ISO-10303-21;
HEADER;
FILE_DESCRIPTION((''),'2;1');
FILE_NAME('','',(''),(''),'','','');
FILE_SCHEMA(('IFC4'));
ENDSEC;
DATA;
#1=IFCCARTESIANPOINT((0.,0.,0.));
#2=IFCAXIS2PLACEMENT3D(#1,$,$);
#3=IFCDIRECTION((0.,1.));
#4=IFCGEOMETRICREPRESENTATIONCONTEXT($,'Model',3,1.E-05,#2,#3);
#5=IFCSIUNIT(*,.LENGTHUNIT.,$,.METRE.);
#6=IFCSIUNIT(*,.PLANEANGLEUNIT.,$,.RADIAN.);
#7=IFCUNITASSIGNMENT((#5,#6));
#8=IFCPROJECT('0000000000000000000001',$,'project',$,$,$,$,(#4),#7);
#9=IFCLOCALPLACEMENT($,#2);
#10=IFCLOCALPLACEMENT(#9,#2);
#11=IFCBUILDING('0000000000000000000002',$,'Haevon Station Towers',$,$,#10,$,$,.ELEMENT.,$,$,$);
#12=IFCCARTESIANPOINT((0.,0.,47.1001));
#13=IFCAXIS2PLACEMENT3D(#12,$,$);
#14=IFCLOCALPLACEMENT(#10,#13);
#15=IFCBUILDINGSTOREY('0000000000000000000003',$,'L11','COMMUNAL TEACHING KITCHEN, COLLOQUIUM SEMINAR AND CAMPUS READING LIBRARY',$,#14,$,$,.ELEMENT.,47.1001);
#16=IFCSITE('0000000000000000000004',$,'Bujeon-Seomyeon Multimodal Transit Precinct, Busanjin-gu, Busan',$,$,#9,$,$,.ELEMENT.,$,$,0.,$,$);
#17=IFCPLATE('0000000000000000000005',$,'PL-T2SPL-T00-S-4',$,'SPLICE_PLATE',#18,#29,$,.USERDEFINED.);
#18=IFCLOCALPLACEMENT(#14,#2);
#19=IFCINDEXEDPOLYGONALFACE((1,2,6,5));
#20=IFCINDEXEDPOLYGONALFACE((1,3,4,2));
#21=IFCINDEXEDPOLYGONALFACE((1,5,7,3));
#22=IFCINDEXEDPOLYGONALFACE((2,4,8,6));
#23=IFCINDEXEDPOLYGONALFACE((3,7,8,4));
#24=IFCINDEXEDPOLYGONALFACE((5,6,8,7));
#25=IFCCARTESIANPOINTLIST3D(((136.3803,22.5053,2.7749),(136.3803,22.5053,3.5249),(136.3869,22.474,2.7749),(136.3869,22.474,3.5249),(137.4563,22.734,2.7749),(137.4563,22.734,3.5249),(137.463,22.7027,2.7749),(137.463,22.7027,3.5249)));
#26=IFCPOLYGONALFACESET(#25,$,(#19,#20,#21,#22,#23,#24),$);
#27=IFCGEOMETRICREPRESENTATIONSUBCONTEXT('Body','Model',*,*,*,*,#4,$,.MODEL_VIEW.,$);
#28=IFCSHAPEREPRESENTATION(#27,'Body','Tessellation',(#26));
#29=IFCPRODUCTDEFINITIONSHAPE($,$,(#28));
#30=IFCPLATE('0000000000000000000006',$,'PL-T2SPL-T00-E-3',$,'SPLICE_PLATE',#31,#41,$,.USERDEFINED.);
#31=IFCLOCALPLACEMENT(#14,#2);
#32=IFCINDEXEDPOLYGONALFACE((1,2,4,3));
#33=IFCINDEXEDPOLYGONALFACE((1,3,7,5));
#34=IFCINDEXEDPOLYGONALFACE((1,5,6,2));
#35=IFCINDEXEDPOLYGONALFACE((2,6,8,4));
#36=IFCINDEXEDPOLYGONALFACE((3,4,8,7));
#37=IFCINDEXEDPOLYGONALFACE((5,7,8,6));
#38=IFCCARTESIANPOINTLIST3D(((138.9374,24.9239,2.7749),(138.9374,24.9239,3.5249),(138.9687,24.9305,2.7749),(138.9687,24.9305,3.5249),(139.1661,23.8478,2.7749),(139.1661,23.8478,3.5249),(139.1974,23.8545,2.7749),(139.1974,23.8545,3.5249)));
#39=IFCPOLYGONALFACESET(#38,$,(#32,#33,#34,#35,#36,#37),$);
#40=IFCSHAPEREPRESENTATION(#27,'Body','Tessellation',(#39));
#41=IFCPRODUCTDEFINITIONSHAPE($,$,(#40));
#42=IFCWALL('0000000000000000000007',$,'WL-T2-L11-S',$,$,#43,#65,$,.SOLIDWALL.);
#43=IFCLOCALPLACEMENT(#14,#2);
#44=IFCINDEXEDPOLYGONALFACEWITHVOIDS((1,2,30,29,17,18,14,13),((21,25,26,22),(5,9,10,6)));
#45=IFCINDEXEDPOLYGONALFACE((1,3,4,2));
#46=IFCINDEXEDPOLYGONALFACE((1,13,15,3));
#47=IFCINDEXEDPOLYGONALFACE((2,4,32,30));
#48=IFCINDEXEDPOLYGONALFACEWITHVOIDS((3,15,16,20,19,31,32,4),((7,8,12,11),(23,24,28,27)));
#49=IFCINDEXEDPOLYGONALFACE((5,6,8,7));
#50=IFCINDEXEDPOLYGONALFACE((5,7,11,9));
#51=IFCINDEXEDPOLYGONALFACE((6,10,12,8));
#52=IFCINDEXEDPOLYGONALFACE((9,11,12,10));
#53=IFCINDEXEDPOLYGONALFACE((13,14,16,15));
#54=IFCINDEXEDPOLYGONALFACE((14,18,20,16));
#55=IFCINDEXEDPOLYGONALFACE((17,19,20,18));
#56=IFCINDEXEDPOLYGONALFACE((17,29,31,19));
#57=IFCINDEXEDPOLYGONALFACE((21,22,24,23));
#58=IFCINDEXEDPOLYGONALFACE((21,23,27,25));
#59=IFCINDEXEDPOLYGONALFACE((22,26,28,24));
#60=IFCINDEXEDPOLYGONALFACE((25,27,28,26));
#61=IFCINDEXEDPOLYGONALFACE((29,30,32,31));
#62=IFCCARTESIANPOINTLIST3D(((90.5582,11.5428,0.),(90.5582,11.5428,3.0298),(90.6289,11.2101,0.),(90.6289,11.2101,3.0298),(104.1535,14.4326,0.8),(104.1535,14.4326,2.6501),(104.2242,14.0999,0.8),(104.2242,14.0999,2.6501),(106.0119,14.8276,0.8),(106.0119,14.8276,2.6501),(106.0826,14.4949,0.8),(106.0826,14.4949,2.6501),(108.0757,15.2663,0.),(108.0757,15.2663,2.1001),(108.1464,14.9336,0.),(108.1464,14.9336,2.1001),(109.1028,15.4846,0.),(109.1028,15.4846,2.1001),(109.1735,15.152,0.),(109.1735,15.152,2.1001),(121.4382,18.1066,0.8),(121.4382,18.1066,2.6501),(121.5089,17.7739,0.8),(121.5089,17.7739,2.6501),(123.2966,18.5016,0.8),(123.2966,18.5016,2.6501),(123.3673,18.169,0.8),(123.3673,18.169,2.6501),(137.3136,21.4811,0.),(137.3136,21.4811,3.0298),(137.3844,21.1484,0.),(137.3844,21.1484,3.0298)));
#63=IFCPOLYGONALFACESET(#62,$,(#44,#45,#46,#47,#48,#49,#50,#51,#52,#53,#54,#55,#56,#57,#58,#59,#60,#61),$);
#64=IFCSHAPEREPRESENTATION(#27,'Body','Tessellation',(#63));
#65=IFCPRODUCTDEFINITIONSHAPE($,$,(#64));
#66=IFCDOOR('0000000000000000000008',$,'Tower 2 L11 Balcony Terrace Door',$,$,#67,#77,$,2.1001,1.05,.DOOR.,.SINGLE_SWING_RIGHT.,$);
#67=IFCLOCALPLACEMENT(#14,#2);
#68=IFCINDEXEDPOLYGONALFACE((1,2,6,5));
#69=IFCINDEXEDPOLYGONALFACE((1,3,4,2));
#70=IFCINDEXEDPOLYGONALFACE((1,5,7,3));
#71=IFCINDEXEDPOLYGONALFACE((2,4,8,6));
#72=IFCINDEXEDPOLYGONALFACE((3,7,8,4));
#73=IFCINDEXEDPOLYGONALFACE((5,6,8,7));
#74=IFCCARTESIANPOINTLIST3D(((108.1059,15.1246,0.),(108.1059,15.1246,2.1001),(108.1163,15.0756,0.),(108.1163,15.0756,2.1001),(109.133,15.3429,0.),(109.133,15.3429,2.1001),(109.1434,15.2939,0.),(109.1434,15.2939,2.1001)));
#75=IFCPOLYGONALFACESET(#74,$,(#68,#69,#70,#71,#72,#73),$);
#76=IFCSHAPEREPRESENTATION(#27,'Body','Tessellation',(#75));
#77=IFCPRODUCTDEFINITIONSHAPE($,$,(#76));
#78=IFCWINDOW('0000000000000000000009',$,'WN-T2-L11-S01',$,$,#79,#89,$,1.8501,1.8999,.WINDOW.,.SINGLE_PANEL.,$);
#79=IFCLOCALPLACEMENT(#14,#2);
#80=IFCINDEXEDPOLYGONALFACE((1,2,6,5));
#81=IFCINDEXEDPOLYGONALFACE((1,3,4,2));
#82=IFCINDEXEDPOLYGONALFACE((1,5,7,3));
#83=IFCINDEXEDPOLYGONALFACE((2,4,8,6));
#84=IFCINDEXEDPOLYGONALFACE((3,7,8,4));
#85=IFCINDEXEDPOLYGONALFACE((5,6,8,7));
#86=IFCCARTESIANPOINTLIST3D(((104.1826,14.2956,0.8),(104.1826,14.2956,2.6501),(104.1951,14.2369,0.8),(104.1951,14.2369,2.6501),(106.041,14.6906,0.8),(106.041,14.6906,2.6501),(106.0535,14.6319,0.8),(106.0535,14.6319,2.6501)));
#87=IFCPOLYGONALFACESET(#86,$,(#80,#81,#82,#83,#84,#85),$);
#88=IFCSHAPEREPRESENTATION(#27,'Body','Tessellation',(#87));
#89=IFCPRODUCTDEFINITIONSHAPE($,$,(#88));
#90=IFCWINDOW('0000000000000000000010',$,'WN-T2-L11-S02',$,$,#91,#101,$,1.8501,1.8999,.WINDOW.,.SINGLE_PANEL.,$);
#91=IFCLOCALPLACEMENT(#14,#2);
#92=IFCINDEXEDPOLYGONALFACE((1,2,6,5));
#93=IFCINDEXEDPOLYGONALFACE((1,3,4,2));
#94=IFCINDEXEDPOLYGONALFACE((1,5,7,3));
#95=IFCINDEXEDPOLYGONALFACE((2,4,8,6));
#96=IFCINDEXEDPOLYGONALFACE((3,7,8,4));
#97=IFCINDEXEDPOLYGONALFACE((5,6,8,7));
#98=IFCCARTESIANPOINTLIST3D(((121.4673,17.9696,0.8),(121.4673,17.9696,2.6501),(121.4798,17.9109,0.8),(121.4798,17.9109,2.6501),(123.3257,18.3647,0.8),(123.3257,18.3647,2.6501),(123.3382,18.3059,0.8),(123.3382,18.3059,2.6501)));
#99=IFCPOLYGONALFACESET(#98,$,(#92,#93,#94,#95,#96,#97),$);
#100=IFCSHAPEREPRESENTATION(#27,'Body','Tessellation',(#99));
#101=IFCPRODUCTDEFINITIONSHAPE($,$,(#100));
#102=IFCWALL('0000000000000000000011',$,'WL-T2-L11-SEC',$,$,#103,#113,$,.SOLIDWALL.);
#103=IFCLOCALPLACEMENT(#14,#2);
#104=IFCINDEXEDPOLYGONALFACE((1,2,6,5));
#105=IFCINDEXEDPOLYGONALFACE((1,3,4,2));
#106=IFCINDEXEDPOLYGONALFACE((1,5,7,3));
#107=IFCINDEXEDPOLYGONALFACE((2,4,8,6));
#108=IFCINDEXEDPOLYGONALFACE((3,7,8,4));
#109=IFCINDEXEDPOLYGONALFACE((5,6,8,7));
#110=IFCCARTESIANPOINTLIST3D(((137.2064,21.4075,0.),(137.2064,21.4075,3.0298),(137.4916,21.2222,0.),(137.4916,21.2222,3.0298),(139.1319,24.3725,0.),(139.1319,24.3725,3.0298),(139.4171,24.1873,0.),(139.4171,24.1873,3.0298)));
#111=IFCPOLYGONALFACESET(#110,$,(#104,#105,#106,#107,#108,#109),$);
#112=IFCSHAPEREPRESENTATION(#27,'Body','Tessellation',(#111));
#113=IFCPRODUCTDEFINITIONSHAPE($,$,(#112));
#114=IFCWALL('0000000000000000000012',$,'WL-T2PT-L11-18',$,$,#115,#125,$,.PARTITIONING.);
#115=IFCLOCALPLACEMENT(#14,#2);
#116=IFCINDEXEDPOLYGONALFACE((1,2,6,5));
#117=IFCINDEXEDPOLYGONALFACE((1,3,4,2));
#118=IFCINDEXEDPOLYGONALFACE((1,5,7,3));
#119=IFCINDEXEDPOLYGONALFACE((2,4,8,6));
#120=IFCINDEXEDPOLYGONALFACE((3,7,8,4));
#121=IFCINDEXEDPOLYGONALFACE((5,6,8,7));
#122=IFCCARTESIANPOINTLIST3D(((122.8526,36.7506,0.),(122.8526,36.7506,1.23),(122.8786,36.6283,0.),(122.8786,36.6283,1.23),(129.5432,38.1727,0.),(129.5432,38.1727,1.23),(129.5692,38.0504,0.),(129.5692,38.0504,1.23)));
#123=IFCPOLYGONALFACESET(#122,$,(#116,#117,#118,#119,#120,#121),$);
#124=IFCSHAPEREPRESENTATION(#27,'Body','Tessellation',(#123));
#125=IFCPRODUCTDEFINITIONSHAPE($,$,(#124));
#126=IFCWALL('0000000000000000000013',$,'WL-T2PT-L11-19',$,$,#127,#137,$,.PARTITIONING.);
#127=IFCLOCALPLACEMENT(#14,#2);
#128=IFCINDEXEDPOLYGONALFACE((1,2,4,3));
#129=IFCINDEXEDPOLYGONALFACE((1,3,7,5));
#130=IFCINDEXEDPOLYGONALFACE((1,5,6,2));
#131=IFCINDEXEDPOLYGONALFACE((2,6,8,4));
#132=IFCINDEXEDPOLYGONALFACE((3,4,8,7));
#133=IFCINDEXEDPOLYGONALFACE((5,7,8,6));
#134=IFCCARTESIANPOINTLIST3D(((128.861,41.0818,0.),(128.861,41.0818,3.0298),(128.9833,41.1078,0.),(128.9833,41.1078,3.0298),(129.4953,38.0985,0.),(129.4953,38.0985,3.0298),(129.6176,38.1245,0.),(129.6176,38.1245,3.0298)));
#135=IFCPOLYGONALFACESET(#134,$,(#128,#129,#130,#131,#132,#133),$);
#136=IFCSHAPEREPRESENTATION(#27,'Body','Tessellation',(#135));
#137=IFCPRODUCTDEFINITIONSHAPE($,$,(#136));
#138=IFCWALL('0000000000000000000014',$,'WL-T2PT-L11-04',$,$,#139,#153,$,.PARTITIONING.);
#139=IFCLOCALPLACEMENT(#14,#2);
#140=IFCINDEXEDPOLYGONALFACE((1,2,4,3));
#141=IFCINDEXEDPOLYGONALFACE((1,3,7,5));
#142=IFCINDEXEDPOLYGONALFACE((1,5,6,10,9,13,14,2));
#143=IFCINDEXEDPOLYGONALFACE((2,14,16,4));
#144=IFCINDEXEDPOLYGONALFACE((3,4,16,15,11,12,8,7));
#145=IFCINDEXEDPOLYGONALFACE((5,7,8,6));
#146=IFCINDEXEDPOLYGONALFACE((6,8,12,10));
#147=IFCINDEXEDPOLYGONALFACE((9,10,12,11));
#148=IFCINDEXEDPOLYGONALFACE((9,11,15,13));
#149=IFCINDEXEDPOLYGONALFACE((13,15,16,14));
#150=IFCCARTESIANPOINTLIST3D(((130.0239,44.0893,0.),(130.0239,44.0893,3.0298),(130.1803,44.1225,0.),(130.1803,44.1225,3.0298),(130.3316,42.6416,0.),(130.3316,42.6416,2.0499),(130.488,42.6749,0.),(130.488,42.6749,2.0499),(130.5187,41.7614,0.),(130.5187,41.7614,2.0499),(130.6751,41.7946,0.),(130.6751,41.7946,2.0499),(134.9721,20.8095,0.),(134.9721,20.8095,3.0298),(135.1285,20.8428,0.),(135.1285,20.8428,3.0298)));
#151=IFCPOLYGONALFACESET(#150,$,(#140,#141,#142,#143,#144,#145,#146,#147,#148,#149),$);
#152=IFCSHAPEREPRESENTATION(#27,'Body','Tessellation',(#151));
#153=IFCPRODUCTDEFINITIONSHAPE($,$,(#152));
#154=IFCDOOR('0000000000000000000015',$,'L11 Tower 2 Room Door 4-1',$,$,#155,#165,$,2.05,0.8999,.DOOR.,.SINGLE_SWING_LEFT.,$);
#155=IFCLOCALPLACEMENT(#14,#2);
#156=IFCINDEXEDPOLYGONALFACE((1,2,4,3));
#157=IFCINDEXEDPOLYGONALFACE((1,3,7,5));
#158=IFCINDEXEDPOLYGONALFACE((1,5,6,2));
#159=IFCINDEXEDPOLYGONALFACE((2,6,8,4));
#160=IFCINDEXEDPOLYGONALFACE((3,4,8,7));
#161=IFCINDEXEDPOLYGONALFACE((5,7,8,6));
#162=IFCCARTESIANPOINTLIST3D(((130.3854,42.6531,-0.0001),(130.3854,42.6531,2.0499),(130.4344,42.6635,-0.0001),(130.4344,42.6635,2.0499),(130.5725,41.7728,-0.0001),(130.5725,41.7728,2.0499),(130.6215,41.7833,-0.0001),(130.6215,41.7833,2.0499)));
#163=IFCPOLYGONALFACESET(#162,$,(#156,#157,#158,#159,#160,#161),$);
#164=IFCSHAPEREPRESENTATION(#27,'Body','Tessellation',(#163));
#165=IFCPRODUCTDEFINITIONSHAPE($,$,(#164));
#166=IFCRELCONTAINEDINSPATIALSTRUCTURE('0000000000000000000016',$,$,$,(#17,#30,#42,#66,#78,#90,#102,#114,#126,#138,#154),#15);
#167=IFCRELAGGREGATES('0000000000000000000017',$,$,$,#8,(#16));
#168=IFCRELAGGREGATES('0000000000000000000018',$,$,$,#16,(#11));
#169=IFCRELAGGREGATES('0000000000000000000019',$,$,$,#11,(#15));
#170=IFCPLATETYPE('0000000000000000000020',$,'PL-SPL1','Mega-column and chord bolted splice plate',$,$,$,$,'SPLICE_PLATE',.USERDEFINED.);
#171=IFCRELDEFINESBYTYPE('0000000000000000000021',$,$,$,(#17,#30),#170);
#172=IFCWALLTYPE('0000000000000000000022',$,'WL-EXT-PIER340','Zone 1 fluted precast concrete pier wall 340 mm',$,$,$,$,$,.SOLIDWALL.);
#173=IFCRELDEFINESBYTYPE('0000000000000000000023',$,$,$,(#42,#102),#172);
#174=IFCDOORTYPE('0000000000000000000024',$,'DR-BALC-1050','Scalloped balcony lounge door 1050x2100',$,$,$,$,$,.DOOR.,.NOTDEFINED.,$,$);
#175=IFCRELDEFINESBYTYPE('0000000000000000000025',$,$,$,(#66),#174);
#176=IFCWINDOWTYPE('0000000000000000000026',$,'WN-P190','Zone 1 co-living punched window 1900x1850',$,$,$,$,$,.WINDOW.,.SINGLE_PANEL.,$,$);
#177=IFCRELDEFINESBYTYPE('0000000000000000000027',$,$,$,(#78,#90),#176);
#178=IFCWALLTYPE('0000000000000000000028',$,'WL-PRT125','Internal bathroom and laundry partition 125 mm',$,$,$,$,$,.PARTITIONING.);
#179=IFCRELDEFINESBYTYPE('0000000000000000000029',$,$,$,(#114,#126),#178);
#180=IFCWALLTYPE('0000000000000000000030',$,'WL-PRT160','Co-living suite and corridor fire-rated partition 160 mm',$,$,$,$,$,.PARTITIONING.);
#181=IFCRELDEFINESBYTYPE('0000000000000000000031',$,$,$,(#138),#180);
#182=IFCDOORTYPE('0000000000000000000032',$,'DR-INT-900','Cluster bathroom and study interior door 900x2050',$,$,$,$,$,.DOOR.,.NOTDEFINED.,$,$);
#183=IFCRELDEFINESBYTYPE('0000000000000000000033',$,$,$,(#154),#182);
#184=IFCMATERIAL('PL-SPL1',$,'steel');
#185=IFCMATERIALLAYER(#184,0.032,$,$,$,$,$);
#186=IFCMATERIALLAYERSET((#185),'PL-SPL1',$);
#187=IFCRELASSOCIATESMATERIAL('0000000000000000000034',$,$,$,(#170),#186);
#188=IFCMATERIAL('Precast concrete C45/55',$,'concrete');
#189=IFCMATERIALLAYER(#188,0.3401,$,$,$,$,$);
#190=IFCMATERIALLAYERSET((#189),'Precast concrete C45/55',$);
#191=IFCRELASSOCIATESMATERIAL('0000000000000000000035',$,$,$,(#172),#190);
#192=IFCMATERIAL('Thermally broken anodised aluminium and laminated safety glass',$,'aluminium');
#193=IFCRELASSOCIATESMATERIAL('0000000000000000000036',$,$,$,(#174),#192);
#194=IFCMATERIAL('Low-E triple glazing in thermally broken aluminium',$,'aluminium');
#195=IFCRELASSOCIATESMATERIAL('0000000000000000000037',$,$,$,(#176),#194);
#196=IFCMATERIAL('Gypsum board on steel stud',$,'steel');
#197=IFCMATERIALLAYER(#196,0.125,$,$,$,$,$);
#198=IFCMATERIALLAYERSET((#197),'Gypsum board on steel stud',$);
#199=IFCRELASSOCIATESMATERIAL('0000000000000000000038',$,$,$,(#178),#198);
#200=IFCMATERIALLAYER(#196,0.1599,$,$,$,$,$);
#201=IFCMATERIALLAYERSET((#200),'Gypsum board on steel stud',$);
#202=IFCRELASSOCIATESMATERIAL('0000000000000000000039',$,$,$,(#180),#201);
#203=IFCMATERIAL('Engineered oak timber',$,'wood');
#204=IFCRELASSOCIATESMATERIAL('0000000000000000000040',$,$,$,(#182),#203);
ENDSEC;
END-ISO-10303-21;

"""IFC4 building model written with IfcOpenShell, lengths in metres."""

from ifc_helpers import new_model, si_unit, direction, frame, frame_2d, origin, origin_2d, place, context, subcontext, project, spatial, rectangle, extrude, material, layer, layer_set, type_object, element, fill, save


model = new_model("IFC4")

# Units and contexts
model_context = context("Model", 3, precision=1e-05, world=origin(), true_north=direction((0.0, 1.0)))
body_context = subcontext(model_context, "Body", "Model", "MODEL_VIEW")
ifc_project = project(units=[si_unit("LENGTHUNIT", "METRE"), si_unit("PLANEANGLEUNIT", "RADIAN")], contexts=[model_context])

# Site, building, storey
site_placement = place(None, origin())
site = spatial("IfcSite", under=ifc_project, at=site_placement, Name="Bujeon-Seomyeon Multimodal Transit Precinct, Busanjin-gu, Busan", CompositionType="ELEMENT", RefElevation=0.0)
building_placement = place(site_placement, origin())
building = spatial("IfcBuilding", under=site, at=building_placement, Name="Haevon Station Towers", CompositionType="ELEMENT")
storey_placement = place(building_placement, frame((0.0, 0.0, 47.1001)))
storey = spatial("IfcBuildingStorey", under=building, at=storey_placement, Name="L11", Description="COMMUNAL TEACHING KITCHEN, COLLOQUIUM SEMINAR AND CAMPUS READING LIBRARY", CompositionType="ELEMENT", Elevation=47.1001)

# Plates
ifc_material_1 = material(Name="PL-SPL1", Category="steel")
ifc_layer_1 = layer(ifc_material_1, 0.032)
ifc_layer_set_1 = layer_set([ifc_layer_1], Name="PL-SPL1")
plate_type_1 = type_object("IfcPlateType", Name="PL-SPL1", Description="Mega-column and chord bolted splice plate", ElementType="SPLICE_PLATE", PredefinedType="USERDEFINED", material=ifc_layer_set_1)
for number, where, z_axis, x_axis, name in (
    (1, (136.9216, 22.604, 2.7749), (0.0, 0.0, 1.0), (0.978148, 0.207912, 0.0), "PL-T2SPL-T00-S-4"),
    (2, (139.0674, 24.3892, 2.7749), (0.0, 0.0, 1.0), (-0.207912, 0.978148, 0.0), "PL-T2SPL-T00-E-3"),
):
    element("IfcPlate", number, at=place(storey_placement, frame(where, z_axis=z_axis, x_axis=x_axis)), inside=storey, type_object=plate_type_1, Name=name, ObjectType="SPLICE_PLATE", PredefinedType="USERDEFINED", context=body_context, shape_type="SweptSolid", body=[
        extrude(rectangle(XDim=1.1001, YDim=0.032, at=origin_2d()), origin(), (0.0, 0.0, 1.0), 0.75),
    ])

# Wall, openings, door, windows
ifc_material_2 = material(Name="Precast concrete C45/55", Category="concrete")
ifc_layer_2 = layer(ifc_material_2, 0.3401)
ifc_layer_set_2 = layer_set([ifc_layer_2], Name="Precast concrete C45/55")
wall_type_1 = type_object("IfcWallType", Name="WL-EXT-PIER340", Description="Zone 1 fluted precast concrete pier wall 340 mm", PredefinedType="SOLIDWALL", material=ifc_layer_set_2)
wall_1_placement = place(storey_placement, frame((137.3489, 21.3147, 0.0), z_axis=(0.0, 0.0, 1.0), x_axis=(-0.978147, -0.207913, 0.0)))
wall_1 = element("IfcWall", 3, at=wall_1_placement, inside=storey, type_object=wall_type_1, Name="WL-T2-L11-S", PredefinedType="SOLIDWALL", context=body_context, shape_type="SweptSolid", body=[
    extrude(rectangle(XDim=47.8, YDim=0.3401, at=frame_2d((23.8999, 0.0))), origin(), (0.0, 0.0, 1.0), 3.0298),
])
opening_1_placement = place(wall_1_placement, frame((28.8411, 0.0, 0.0)))
opening_1 = element("IfcOpeningElement", 4, at=opening_1_placement, cuts=wall_1, PredefinedType="OPENING", context=body_context, shape_type="SweptSolid", body=[
    extrude(rectangle(XDim=1.05, YDim=2.1001, at=frame_2d((0.5249, 1.05))), frame((0.0, 0.1799, 0.0), z_axis=(0.0, -1.0, 0.0), x_axis=(1.0, 0.0, 0.0)), (0.0, 0.0, 1.0), 0.3601),
])
opening_2_placement = place(wall_1_placement, frame((32.001, 0.0, 0.8)))
opening_2 = element("IfcOpeningElement", 5, at=opening_2_placement, cuts=wall_1, PredefinedType="OPENING", context=body_context, shape_type="SweptSolid", body=[
    extrude(rectangle(XDim=1.8999, YDim=1.8501, at=frame_2d((0.95, 0.925))), frame((0.0, 0.1799, 0.0), z_axis=(0.0, -1.0, 0.0), x_axis=(1.0, 0.0, 0.0)), (0.0, 0.0, 1.0), 0.3601),
])
opening_3_placement = place(wall_1_placement, frame((14.3301, 0.0, 0.8)))
opening_3 = element("IfcOpeningElement", 6, at=opening_3_placement, cuts=wall_1, PredefinedType="OPENING", context=body_context, shape_type="SweptSolid", body=[
    extrude(rectangle(XDim=1.8999, YDim=1.8501, at=frame_2d((0.95, 0.925))), frame((0.0, 0.1799, 0.0), z_axis=(0.0, -1.0, 0.0), x_axis=(1.0, 0.0, 0.0)), (0.0, 0.0, 1.0), 0.3601),
])
ifc_material_3 = material(Name="Thermally broken anodised aluminium and laminated safety glass", Category="aluminium")
door_type_1 = type_object("IfcDoorType", Name="DR-BALC-1050", Description="Scalloped balcony lounge door 1050x2100", OperationType="NOTDEFINED", PredefinedType="DOOR", material=ifc_material_3)
door_1_placement = place(opening_1_placement, origin())
door_1 = element("IfcDoor", 7, at=door_1_placement, inside=storey, type_object=door_type_1, Name="Tower 2 L11 Balcony Terrace Door", OperationType="SINGLE_SWING_RIGHT", OverallHeight=2.1001, OverallWidth=1.05, PredefinedType="DOOR", context=body_context, shape_type="SweptSolid", body=[
    extrude(rectangle(XDim=1.05, YDim=2.1001, at=frame_2d((0.5249, 1.05))), frame((0.0, 0.0249, 0.0), z_axis=(0.0, -1.0, 0.0), x_axis=(1.0, 0.0, 0.0)), (0.0, 0.0, 1.0), 0.05),
])
fill(opening_1, door_1)
ifc_material_4 = material(Name="Low-E triple glazing in thermally broken aluminium", Category="aluminium")
window_type = type_object("IfcWindowType", Name="WN-P190", Description="Zone 1 co-living punched window 1900x1850", PartitioningType="SINGLE_PANEL", PredefinedType="WINDOW", material=ifc_material_4)
window_1_placement = place(opening_2_placement, origin())
window_1 = element("IfcWindow", 8, at=window_1_placement, inside=storey, type_object=window_type, Name="WN-T2-L11-S01", OverallHeight=1.8501, OverallWidth=1.8999, PartitioningType="SINGLE_PANEL", PredefinedType="WINDOW", context=body_context, shape_type="SweptSolid", body=[
    extrude(rectangle(XDim=1.8999, YDim=1.8501, at=frame_2d((0.95, 0.925))), frame((0.0, 0.03, 0.0), z_axis=(0.0, -1.0, 0.0), x_axis=(1.0, 0.0, 0.0)), (0.0, 0.0, 1.0), 0.0601),
])
fill(opening_2, window_1)
window_2_placement = place(opening_3_placement, origin())
window_2 = element("IfcWindow", 9, at=window_2_placement, inside=storey, type_object=window_type, Name="WN-T2-L11-S02", OverallHeight=1.8501, OverallWidth=1.8999, PartitioningType="SINGLE_PANEL", PredefinedType="WINDOW", context=body_context, shape_type="SweptSolid", body=[
    extrude(rectangle(XDim=1.8999, YDim=1.8501, at=frame_2d((0.95, 0.925))), frame((0.0, 0.03, 0.0), z_axis=(0.0, -1.0, 0.0), x_axis=(1.0, 0.0, 0.0)), (0.0, 0.0, 1.0), 0.0601),
])
fill(opening_3, window_2)

# Walls
wall_2_placement = place(storey_placement, frame((139.2744, 24.2798, 0.0), z_axis=(0.0, 0.0, 1.0), x_axis=(-0.544636, -0.838672, 0.0)))
element("IfcWall", 10, at=wall_2_placement, inside=storey, type_object=wall_type_1, Name="WL-T2-L11-SEC", PredefinedType="SOLIDWALL", context=body_context, shape_type="SweptSolid", body=[
    extrude(rectangle(XDim=3.5354, YDim=0.3401, at=frame_2d((1.7676, 0.0))), origin(), (0.0, 0.0, 1.0), 3.0298),
])
ifc_material_5 = material(Name="Gypsum board on steel stud", Category="steel")
ifc_layer_3 = layer(ifc_material_5, 0.125)
ifc_layer_set_3 = layer_set([ifc_layer_3], Name="Gypsum board on steel stud")
wall_type_2 = type_object("IfcWallType", Name="WL-PRT125", Description="Internal bathroom and laundry partition 125 mm", PredefinedType="PARTITIONING", material=ifc_layer_set_3)
wall_3_placement = place(storey_placement, frame((122.8657, 36.6895, 0.0), z_axis=(0.0, 0.0, 1.0), x_axis=(0.978148, 0.207908, 0.0)))
element("IfcWall", 11, at=wall_3_placement, inside=storey, type_object=wall_type_2, Name="WL-T2PT-L11-18", PredefinedType="PARTITIONING", context=body_context, shape_type="SweptSolid", body=[
    extrude(rectangle(XDim=6.8401, YDim=0.125, at=frame_2d((3.4199, 0.0))), origin(), (0.0, 0.0, 1.0), 1.23),
])
wall_4_placement = place(storey_placement, frame((129.5564, 38.1116, 0.0), z_axis=(0.0, 0.0, 1.0), x_axis=(-0.207954, 0.978139, 0.0)))
element("IfcWall", 12, at=wall_4_placement, inside=storey, type_object=wall_type_2, Name="WL-T2PT-L11-19", PredefinedType="PARTITIONING", context=body_context, shape_type="SweptSolid", body=[
    extrude(rectangle(XDim=3.05, YDim=0.125, at=frame_2d((1.5249, 0.0))), origin(), (0.0, 0.0, 1.0), 3.0298),
])

# Wall, opening, door
ifc_layer_4 = layer(ifc_material_5, 0.1599)
ifc_layer_set_4 = layer_set([ifc_layer_4], Name="Gypsum board on steel stud")
wall_type_3 = type_object("IfcWallType", Name="WL-PRT160", Description="Co-living suite and corridor fire-rated partition 160 mm", PredefinedType="PARTITIONING", material=ifc_layer_set_4)
wall_5_placement = place(storey_placement, frame((135.0503, 20.8262, 0.0), z_axis=(0.0, 0.0, 1.0), x_axis=(-0.207911, 0.978148, 0.0)))
wall_5 = element("IfcWall", 13, at=wall_5_placement, inside=storey, type_object=wall_type_3, Name="WL-T2PT-L11-04", PredefinedType="PARTITIONING", context=body_context, shape_type="SweptSolid", body=[
    extrude(rectangle(XDim=23.7998, YDim=0.1599, at=frame_2d((11.8999, 0.0))), origin(), (0.0, 0.0, 1.0), 3.0298),
])
opening_4_placement = place(wall_5_placement, frame((21.4199, 0.0, 0.0)))
opening_4 = element("IfcOpeningElement", 14, at=opening_4_placement, cuts=wall_5, PredefinedType="OPENING", context=body_context, shape_type="SweptSolid", body=[
    extrude(rectangle(XDim=0.8999, YDim=2.05, at=frame_2d((0.45, 1.0249))), frame((0.0, 0.0898, 0.0), z_axis=(0.0, -1.0, 0.0), x_axis=(1.0, 0.0, 0.0)), (0.0, 0.0, 1.0), 0.1799),
])
ifc_material_6 = material(Name="Engineered oak timber", Category="wood")
door_type_2 = type_object("IfcDoorType", Name="DR-INT-900", Description="Cluster bathroom and study interior door 900x2050", OperationType="NOTDEFINED", PredefinedType="DOOR", material=ifc_material_6)
door_2_placement = place(opening_4_placement, origin())
door_2 = element("IfcDoor", 15, at=door_2_placement, inside=storey, type_object=door_type_2, Name="L11 Tower 2 Room Door 4-1", OperationType="SINGLE_SWING_LEFT", OverallHeight=2.05, OverallWidth=0.8999, PredefinedType="DOOR", context=body_context, shape_type="SweptSolid", body=[
    extrude(rectangle(XDim=0.8999, YDim=2.05, at=frame_2d((0.45, 1.0249))), frame((0.0, 0.0249, 0.0), z_axis=(0.0, -1.0, 0.0), x_axis=(1.0, 0.0, 0.0)), (0.0, 0.0, 1.0), 0.05),
])
fill(opening_4, door_2)

save(model, "model.ifc")
